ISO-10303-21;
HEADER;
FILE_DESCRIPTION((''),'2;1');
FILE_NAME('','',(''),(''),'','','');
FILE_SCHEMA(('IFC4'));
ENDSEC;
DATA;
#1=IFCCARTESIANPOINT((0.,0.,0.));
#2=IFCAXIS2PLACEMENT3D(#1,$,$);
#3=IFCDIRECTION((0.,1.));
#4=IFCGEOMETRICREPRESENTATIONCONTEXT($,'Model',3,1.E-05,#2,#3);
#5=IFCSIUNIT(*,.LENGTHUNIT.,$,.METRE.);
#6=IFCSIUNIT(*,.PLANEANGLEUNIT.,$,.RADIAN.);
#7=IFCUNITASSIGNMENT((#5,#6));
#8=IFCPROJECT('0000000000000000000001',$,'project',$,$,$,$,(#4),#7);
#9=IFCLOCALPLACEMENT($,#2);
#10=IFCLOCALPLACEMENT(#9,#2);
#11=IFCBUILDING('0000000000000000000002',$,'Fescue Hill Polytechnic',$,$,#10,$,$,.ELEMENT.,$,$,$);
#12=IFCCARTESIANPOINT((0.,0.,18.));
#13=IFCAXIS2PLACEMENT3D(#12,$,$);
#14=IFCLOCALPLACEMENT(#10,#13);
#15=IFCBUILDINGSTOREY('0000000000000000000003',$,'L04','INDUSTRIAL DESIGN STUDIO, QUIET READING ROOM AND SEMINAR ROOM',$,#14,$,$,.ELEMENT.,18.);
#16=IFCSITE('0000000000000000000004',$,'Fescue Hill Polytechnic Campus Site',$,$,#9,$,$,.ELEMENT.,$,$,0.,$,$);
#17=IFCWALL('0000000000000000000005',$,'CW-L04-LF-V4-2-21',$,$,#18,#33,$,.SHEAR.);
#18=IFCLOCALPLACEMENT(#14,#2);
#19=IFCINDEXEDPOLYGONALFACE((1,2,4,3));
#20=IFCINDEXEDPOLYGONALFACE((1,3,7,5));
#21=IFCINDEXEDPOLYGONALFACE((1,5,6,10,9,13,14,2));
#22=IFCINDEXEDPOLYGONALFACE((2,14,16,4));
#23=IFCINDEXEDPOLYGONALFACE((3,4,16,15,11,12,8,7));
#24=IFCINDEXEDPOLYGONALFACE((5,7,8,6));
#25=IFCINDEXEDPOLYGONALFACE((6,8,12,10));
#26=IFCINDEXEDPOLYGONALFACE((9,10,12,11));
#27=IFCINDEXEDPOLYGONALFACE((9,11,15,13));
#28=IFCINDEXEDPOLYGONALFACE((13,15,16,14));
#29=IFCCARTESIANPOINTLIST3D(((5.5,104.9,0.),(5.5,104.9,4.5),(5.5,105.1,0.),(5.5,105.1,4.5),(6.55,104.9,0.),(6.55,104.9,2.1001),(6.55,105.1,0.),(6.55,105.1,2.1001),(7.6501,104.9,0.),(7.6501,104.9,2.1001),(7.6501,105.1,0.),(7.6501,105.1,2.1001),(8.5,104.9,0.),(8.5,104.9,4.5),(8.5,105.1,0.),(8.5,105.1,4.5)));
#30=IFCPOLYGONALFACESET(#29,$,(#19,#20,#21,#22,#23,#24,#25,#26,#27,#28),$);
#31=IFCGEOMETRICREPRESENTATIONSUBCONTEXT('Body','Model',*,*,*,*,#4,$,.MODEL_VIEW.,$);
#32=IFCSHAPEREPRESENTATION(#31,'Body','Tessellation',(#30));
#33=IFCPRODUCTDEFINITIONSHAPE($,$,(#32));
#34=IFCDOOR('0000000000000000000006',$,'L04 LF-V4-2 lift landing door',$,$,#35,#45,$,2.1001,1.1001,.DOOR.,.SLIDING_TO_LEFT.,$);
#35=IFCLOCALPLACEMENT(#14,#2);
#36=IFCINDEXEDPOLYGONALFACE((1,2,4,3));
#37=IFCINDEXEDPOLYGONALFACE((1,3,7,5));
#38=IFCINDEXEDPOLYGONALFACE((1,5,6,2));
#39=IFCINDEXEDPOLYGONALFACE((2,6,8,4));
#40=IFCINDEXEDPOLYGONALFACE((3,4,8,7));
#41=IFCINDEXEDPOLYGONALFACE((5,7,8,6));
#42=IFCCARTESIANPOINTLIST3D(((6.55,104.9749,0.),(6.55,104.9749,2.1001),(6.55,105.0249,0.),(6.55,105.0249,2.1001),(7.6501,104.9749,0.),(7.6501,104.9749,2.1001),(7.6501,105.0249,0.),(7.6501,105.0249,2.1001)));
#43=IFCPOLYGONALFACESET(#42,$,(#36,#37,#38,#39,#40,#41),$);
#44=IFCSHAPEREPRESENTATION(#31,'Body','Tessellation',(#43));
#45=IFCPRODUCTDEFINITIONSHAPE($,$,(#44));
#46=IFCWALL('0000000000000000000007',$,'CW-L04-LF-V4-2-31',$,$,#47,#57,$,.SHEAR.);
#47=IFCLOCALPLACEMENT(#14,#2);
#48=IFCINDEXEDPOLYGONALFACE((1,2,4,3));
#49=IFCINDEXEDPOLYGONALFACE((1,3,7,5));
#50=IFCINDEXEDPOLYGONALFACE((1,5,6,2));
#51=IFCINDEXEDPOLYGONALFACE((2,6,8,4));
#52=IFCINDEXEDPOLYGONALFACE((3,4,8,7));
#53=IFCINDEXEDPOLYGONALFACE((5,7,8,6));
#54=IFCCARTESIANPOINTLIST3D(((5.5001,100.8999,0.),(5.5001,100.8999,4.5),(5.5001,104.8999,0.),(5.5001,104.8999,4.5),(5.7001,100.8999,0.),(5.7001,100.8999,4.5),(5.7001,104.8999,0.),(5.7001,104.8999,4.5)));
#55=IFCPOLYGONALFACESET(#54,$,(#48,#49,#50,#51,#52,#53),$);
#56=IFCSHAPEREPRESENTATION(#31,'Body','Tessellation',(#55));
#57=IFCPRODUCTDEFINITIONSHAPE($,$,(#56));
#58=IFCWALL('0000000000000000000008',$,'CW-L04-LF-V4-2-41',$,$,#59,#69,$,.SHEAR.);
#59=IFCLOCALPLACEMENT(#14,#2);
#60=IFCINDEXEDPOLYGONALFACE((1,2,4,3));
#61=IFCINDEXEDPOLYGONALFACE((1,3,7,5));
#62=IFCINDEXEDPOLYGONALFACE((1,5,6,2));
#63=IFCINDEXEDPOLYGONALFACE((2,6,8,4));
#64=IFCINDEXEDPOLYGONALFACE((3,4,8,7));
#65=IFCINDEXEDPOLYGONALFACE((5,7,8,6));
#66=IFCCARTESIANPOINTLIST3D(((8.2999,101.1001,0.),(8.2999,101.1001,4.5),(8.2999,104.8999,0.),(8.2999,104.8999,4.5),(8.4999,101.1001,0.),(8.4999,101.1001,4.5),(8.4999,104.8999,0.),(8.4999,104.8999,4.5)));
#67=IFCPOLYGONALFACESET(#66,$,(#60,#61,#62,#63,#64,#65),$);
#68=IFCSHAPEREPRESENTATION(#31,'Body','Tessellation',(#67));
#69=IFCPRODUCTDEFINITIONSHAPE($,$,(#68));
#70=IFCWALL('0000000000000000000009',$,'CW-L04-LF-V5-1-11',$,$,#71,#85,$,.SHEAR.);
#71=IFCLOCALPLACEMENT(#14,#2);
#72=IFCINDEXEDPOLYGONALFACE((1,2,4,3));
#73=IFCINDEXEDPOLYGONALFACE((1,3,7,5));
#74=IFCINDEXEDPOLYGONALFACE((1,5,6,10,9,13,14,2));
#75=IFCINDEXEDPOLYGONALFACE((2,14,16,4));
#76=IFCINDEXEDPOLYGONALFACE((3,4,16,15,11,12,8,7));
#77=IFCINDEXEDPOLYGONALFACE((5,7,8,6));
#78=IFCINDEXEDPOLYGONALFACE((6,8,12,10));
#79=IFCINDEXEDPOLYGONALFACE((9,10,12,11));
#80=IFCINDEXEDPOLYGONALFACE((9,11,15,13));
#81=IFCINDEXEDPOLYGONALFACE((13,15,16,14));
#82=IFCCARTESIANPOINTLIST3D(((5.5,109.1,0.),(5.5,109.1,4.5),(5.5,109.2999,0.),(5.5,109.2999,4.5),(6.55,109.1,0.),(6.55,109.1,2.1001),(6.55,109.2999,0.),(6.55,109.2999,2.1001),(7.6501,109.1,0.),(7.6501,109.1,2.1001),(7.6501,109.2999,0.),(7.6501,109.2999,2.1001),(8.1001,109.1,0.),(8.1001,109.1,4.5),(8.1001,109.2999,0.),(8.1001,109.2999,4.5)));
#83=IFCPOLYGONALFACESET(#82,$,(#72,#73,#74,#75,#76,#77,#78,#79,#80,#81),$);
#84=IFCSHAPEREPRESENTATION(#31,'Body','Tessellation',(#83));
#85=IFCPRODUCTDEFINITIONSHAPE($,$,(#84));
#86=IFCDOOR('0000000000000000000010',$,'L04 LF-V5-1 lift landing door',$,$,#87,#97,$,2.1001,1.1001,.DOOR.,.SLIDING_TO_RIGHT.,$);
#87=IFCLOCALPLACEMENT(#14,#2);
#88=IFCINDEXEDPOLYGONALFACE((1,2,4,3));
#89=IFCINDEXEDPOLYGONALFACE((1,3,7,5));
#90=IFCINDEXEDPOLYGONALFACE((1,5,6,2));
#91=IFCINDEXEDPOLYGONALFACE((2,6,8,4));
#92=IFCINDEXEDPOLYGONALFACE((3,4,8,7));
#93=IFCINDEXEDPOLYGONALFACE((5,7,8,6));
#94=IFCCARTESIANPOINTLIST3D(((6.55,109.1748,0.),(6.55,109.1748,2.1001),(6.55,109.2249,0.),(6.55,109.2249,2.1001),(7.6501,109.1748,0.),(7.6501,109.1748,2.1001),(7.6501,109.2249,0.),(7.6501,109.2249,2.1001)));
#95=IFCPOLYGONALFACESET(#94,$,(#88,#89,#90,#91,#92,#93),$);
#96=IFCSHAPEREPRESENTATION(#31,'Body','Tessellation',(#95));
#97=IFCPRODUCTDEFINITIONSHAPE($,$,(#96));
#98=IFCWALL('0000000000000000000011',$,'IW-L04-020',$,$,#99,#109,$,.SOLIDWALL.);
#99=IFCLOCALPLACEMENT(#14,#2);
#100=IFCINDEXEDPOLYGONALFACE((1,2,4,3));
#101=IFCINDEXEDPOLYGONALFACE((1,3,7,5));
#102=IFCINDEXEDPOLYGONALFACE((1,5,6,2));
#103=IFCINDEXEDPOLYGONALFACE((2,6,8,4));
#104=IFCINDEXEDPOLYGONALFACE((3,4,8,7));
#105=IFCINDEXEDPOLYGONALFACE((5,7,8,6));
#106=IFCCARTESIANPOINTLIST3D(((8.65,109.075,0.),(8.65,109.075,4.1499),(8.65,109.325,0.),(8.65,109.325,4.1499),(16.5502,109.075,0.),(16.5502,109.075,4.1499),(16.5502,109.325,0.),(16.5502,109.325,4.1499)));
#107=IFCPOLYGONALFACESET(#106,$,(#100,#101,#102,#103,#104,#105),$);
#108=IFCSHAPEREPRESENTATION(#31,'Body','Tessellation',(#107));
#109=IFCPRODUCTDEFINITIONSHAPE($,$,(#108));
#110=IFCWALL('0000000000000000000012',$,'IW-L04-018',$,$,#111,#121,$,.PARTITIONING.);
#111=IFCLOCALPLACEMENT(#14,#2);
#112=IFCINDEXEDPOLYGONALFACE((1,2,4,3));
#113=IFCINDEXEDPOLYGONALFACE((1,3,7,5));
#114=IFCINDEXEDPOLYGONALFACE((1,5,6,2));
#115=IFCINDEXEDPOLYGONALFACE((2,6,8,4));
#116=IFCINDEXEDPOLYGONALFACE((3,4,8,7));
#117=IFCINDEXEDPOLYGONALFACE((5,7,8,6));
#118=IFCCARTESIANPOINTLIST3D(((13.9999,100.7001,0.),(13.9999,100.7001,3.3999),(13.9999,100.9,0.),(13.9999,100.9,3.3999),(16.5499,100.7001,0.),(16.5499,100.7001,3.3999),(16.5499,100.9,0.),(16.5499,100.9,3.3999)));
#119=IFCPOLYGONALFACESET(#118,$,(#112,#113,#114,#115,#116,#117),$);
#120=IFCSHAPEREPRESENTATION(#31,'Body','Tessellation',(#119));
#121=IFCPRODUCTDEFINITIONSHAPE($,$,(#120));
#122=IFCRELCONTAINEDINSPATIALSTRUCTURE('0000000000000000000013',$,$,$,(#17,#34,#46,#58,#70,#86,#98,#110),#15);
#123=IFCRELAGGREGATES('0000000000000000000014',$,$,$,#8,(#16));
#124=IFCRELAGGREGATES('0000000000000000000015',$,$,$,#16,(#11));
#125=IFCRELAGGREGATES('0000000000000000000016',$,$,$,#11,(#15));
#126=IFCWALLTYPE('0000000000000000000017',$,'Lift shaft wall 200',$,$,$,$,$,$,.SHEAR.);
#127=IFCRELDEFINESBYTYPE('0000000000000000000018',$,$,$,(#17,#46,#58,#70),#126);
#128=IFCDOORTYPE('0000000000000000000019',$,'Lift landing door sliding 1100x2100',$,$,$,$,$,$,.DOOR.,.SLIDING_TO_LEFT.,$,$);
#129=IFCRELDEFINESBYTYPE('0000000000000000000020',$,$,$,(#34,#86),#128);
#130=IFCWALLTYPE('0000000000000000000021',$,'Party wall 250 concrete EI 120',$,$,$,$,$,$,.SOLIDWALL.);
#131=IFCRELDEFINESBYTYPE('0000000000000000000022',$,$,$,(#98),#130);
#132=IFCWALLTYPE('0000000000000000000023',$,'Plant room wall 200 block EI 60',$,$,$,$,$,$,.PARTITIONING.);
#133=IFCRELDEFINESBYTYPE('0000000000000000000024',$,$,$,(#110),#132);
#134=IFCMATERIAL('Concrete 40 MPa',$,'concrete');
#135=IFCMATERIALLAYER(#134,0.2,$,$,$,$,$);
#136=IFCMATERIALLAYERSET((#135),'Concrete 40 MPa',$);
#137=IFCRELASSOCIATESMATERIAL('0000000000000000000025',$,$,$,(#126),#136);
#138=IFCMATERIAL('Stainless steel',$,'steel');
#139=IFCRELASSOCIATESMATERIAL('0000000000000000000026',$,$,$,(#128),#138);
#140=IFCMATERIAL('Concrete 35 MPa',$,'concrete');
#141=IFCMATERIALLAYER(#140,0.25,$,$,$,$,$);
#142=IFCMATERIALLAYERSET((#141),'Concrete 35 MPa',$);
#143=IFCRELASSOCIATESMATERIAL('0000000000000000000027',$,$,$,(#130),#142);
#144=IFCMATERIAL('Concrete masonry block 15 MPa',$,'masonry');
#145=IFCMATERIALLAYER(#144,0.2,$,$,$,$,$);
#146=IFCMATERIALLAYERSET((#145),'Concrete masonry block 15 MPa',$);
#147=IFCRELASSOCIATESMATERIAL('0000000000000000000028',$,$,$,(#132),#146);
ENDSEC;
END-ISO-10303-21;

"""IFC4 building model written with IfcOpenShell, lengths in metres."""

from ifc_helpers import new_model, si_unit, direction, frame, frame_2d, origin, place, context, subcontext, project, spatial, rectangle, extrude, material, layer, layer_set, type_object, element, fill, save


model = new_model("IFC4")

# Units and contexts
model_context = context("Model", 3, precision=1e-05, world=origin(), true_north=direction((0.0, 1.0)))
body_context = subcontext(model_context, "Body", "Model", "MODEL_VIEW")
ifc_project = project(units=[si_unit("LENGTHUNIT", "METRE"), si_unit("PLANEANGLEUNIT", "RADIAN")], contexts=[model_context])

# Site, building, storey
site_placement = place(None, origin())
site = spatial("IfcSite", under=ifc_project, at=site_placement, Name="Fescue Hill Polytechnic Campus Site", CompositionType="ELEMENT", RefElevation=0.0)
building_placement = place(site_placement, origin())
building = spatial("IfcBuilding", under=site, at=building_placement, Name="Fescue Hill Polytechnic", CompositionType="ELEMENT")
storey_placement = place(building_placement, frame((0.0, 0.0, 18.0)))
storey = spatial("IfcBuildingStorey", under=building, at=storey_placement, Name="L04", Description="INDUSTRIAL DESIGN STUDIO, QUIET READING ROOM AND SEMINAR ROOM", CompositionType="ELEMENT", Elevation=18.0)

# Shared definitions
ifc_material_1 = material(Name="Concrete 40 MPa", Category="concrete")

# Shared definitions
ifc_material_2 = material(Name="Concrete 35 MPa", Category="concrete")

# Wall, opening, door
ifc_material_3 = material(Name="Concrete masonry block 15 MPa", Category="masonry")
ifc_layer_1 = layer(ifc_material_1, 0.2)
ifc_layer_set_1 = layer_set([ifc_layer_1], Name="Concrete 40 MPa")
wall_type_1 = type_object("IfcWallType", Name="Lift shaft wall 200", PredefinedType="SHEAR", material=ifc_layer_set_1)
ifc_material_4 = material(Name="Stainless steel", Category="steel")
door_type_1 = type_object("IfcDoorType", Name="Lift landing door sliding 1100x2100", OperationType="SLIDING_TO_LEFT", PredefinedType="DOOR", material=ifc_material_4)
wall_1_placement = place(storey_placement, frame((5.5, 105.0, 0.0), z_axis=(0.0, 0.0, 1.0), x_axis=(1.0, 0.0, 0.0)))
wall_1 = element("IfcWall", 1, at=wall_1_placement, inside=storey, type_object=wall_type_1, Name="CW-L04-LF-V4-2-21", PredefinedType="SHEAR", context=body_context, shape_type="SweptSolid", body=[
    extrude(rectangle(XDim=3.0, YDim=0.2, at=frame_2d((1.5, 0.0))), origin(), (0.0, 0.0, 1.0), 4.5),
])
opening_1_placement = place(wall_1_placement, frame((1.05, 0.0, 0.0)))
opening_1 = element("IfcOpeningElement", 2, at=opening_1_placement, cuts=wall_1, PredefinedType="OPENING", context=body_context, shape_type="SweptSolid", body=[
    extrude(rectangle(XDim=1.1001, YDim=2.1001, at=frame_2d((0.55, 1.05))), frame((0.0, 0.1099, 0.0), z_axis=(0.0, -1.0, 0.0), x_axis=(1.0, 0.0, 0.0)), (0.0, 0.0, 1.0), 0.22),
])
door_1_placement = place(opening_1_placement, origin())
door_1 = element("IfcDoor", 3, at=door_1_placement, inside=storey, type_object=door_type_1, Name="L04 LF-V4-2 lift landing door", OperationType="SLIDING_TO_LEFT", OverallHeight=2.1001, OverallWidth=1.1001, PredefinedType="DOOR", context=body_context, shape_type="SweptSolid", body=[
    extrude(rectangle(XDim=1.1001, YDim=2.1001, at=frame_2d((0.55, 1.05))), frame((0.0, 0.0249, 0.0), z_axis=(0.0, -1.0, 0.0), x_axis=(1.0, 0.0, 0.0)), (0.0, 0.0, 1.0), 0.05),
])
fill(opening_1, door_1)

# Walls
wall_2_placement = place(storey_placement, frame((5.6001, 100.8999, 0.0), z_axis=(0.0, 0.0, 1.0), x_axis=(0.0, 1.0, 0.0)))
element("IfcWall", 4, at=wall_2_placement, inside=storey, type_object=wall_type_1, Name="CW-L04-LF-V4-2-31", PredefinedType="SHEAR", context=body_context, shape_type="SweptSolid", body=[
    extrude(rectangle(XDim=4.0, YDim=0.2, at=frame_2d((2.0, 0.0))), origin(), (0.0, 0.0, 1.0), 4.5),
])
wall_3_placement = place(storey_placement, frame((8.3999, 101.1001, 0.0), z_axis=(0.0, 0.0, 1.0), x_axis=(0.0, 1.0, 0.0)))
element("IfcWall", 5, at=wall_3_placement, inside=storey, type_object=wall_type_1, Name="CW-L04-LF-V4-2-41", PredefinedType="SHEAR", context=body_context, shape_type="SweptSolid", body=[
    extrude(rectangle(XDim=3.7998, YDim=0.2, at=frame_2d((1.8999, 0.0))), origin(), (0.0, 0.0, 1.0), 4.5),
])

# Wall, opening, door
wall_4_placement = place(storey_placement, frame((5.5, 109.2, 0.0), z_axis=(0.0, 0.0, 1.0), x_axis=(1.0, 0.0, 0.0)))
wall_4 = element("IfcWall", 6, at=wall_4_placement, inside=storey, type_object=wall_type_1, Name="CW-L04-LF-V5-1-11", PredefinedType="SHEAR", context=body_context, shape_type="SweptSolid", body=[
    extrude(rectangle(XDim=2.6001, YDim=0.2, at=frame_2d((1.3, 0.0))), origin(), (0.0, 0.0, 1.0), 4.5),
])
opening_2_placement = place(wall_4_placement, frame((1.05, 0.0, 0.0)))
opening_2 = element("IfcOpeningElement", 7, at=opening_2_placement, cuts=wall_4, PredefinedType="OPENING", context=body_context, shape_type="SweptSolid", body=[
    extrude(rectangle(XDim=1.1001, YDim=2.1001, at=frame_2d((0.55, 1.05))), frame((0.0, 0.1099, 0.0), z_axis=(0.0, -1.0, 0.0), x_axis=(1.0, 0.0, 0.0)), (0.0, 0.0, 1.0), 0.22),
])
door_2_placement = place(opening_2_placement, origin())
door_2 = element("IfcDoor", 8, at=door_2_placement, inside=storey, type_object=door_type_1, Name="L04 LF-V5-1 lift landing door", OperationType="SLIDING_TO_RIGHT", OverallHeight=2.1001, OverallWidth=1.1001, PredefinedType="DOOR", context=body_context, shape_type="SweptSolid", body=[
    extrude(rectangle(XDim=1.1001, YDim=2.1001, at=frame_2d((0.55, 1.05))), frame((0.0, 0.0249, 0.0), z_axis=(0.0, -1.0, 0.0), x_axis=(1.0, 0.0, 0.0)), (0.0, 0.0, 1.0), 0.05),
])
fill(opening_2, door_2)

# Walls
ifc_layer_2 = layer(ifc_material_2, 0.25)
ifc_layer_set_2 = layer_set([ifc_layer_2], Name="Concrete 35 MPa")
wall_type_2 = type_object("IfcWallType", Name="Party wall 250 concrete EI 120", PredefinedType="SOLIDWALL", material=ifc_layer_set_2)
wall_5_placement = place(storey_placement, frame((8.6499, 109.2, 0.0), z_axis=(0.0, 0.0, 1.0), x_axis=(1.0, 0.0, 0.0)))
element("IfcWall", 9, at=wall_5_placement, inside=storey, type_object=wall_type_2, Name="IW-L04-020", PredefinedType="SOLIDWALL", context=body_context, shape_type="SweptSolid", body=[
    extrude(rectangle(XDim=7.9001, YDim=0.25, at=frame_2d((3.9502, 0.0))), origin(), (0.0, 0.0, 1.0), 4.1499),
])
ifc_layer_3 = layer(ifc_material_3, 0.2)
ifc_layer_set_3 = layer_set([ifc_layer_3], Name="Concrete masonry block 15 MPa")
wall_type_3 = type_object("IfcWallType", Name="Plant room wall 200 block EI 60", PredefinedType="PARTITIONING", material=ifc_layer_set_3)
wall_6_placement = place(storey_placement, frame((14.0, 100.8, 0.0), z_axis=(0.0, 0.0, 1.0), x_axis=(1.0, 0.0, 0.0)))
element("IfcWall", 10, at=wall_6_placement, inside=storey, type_object=wall_type_3, Name="IW-L04-018", PredefinedType="PARTITIONING", context=body_context, shape_type="SweptSolid", body=[
    extrude(rectangle(XDim=2.55, YDim=0.2, at=frame_2d((1.2749, 0.0))), origin(), (0.0, 0.0, 1.0), 3.3999),
])

save(model, "model.ifc")
